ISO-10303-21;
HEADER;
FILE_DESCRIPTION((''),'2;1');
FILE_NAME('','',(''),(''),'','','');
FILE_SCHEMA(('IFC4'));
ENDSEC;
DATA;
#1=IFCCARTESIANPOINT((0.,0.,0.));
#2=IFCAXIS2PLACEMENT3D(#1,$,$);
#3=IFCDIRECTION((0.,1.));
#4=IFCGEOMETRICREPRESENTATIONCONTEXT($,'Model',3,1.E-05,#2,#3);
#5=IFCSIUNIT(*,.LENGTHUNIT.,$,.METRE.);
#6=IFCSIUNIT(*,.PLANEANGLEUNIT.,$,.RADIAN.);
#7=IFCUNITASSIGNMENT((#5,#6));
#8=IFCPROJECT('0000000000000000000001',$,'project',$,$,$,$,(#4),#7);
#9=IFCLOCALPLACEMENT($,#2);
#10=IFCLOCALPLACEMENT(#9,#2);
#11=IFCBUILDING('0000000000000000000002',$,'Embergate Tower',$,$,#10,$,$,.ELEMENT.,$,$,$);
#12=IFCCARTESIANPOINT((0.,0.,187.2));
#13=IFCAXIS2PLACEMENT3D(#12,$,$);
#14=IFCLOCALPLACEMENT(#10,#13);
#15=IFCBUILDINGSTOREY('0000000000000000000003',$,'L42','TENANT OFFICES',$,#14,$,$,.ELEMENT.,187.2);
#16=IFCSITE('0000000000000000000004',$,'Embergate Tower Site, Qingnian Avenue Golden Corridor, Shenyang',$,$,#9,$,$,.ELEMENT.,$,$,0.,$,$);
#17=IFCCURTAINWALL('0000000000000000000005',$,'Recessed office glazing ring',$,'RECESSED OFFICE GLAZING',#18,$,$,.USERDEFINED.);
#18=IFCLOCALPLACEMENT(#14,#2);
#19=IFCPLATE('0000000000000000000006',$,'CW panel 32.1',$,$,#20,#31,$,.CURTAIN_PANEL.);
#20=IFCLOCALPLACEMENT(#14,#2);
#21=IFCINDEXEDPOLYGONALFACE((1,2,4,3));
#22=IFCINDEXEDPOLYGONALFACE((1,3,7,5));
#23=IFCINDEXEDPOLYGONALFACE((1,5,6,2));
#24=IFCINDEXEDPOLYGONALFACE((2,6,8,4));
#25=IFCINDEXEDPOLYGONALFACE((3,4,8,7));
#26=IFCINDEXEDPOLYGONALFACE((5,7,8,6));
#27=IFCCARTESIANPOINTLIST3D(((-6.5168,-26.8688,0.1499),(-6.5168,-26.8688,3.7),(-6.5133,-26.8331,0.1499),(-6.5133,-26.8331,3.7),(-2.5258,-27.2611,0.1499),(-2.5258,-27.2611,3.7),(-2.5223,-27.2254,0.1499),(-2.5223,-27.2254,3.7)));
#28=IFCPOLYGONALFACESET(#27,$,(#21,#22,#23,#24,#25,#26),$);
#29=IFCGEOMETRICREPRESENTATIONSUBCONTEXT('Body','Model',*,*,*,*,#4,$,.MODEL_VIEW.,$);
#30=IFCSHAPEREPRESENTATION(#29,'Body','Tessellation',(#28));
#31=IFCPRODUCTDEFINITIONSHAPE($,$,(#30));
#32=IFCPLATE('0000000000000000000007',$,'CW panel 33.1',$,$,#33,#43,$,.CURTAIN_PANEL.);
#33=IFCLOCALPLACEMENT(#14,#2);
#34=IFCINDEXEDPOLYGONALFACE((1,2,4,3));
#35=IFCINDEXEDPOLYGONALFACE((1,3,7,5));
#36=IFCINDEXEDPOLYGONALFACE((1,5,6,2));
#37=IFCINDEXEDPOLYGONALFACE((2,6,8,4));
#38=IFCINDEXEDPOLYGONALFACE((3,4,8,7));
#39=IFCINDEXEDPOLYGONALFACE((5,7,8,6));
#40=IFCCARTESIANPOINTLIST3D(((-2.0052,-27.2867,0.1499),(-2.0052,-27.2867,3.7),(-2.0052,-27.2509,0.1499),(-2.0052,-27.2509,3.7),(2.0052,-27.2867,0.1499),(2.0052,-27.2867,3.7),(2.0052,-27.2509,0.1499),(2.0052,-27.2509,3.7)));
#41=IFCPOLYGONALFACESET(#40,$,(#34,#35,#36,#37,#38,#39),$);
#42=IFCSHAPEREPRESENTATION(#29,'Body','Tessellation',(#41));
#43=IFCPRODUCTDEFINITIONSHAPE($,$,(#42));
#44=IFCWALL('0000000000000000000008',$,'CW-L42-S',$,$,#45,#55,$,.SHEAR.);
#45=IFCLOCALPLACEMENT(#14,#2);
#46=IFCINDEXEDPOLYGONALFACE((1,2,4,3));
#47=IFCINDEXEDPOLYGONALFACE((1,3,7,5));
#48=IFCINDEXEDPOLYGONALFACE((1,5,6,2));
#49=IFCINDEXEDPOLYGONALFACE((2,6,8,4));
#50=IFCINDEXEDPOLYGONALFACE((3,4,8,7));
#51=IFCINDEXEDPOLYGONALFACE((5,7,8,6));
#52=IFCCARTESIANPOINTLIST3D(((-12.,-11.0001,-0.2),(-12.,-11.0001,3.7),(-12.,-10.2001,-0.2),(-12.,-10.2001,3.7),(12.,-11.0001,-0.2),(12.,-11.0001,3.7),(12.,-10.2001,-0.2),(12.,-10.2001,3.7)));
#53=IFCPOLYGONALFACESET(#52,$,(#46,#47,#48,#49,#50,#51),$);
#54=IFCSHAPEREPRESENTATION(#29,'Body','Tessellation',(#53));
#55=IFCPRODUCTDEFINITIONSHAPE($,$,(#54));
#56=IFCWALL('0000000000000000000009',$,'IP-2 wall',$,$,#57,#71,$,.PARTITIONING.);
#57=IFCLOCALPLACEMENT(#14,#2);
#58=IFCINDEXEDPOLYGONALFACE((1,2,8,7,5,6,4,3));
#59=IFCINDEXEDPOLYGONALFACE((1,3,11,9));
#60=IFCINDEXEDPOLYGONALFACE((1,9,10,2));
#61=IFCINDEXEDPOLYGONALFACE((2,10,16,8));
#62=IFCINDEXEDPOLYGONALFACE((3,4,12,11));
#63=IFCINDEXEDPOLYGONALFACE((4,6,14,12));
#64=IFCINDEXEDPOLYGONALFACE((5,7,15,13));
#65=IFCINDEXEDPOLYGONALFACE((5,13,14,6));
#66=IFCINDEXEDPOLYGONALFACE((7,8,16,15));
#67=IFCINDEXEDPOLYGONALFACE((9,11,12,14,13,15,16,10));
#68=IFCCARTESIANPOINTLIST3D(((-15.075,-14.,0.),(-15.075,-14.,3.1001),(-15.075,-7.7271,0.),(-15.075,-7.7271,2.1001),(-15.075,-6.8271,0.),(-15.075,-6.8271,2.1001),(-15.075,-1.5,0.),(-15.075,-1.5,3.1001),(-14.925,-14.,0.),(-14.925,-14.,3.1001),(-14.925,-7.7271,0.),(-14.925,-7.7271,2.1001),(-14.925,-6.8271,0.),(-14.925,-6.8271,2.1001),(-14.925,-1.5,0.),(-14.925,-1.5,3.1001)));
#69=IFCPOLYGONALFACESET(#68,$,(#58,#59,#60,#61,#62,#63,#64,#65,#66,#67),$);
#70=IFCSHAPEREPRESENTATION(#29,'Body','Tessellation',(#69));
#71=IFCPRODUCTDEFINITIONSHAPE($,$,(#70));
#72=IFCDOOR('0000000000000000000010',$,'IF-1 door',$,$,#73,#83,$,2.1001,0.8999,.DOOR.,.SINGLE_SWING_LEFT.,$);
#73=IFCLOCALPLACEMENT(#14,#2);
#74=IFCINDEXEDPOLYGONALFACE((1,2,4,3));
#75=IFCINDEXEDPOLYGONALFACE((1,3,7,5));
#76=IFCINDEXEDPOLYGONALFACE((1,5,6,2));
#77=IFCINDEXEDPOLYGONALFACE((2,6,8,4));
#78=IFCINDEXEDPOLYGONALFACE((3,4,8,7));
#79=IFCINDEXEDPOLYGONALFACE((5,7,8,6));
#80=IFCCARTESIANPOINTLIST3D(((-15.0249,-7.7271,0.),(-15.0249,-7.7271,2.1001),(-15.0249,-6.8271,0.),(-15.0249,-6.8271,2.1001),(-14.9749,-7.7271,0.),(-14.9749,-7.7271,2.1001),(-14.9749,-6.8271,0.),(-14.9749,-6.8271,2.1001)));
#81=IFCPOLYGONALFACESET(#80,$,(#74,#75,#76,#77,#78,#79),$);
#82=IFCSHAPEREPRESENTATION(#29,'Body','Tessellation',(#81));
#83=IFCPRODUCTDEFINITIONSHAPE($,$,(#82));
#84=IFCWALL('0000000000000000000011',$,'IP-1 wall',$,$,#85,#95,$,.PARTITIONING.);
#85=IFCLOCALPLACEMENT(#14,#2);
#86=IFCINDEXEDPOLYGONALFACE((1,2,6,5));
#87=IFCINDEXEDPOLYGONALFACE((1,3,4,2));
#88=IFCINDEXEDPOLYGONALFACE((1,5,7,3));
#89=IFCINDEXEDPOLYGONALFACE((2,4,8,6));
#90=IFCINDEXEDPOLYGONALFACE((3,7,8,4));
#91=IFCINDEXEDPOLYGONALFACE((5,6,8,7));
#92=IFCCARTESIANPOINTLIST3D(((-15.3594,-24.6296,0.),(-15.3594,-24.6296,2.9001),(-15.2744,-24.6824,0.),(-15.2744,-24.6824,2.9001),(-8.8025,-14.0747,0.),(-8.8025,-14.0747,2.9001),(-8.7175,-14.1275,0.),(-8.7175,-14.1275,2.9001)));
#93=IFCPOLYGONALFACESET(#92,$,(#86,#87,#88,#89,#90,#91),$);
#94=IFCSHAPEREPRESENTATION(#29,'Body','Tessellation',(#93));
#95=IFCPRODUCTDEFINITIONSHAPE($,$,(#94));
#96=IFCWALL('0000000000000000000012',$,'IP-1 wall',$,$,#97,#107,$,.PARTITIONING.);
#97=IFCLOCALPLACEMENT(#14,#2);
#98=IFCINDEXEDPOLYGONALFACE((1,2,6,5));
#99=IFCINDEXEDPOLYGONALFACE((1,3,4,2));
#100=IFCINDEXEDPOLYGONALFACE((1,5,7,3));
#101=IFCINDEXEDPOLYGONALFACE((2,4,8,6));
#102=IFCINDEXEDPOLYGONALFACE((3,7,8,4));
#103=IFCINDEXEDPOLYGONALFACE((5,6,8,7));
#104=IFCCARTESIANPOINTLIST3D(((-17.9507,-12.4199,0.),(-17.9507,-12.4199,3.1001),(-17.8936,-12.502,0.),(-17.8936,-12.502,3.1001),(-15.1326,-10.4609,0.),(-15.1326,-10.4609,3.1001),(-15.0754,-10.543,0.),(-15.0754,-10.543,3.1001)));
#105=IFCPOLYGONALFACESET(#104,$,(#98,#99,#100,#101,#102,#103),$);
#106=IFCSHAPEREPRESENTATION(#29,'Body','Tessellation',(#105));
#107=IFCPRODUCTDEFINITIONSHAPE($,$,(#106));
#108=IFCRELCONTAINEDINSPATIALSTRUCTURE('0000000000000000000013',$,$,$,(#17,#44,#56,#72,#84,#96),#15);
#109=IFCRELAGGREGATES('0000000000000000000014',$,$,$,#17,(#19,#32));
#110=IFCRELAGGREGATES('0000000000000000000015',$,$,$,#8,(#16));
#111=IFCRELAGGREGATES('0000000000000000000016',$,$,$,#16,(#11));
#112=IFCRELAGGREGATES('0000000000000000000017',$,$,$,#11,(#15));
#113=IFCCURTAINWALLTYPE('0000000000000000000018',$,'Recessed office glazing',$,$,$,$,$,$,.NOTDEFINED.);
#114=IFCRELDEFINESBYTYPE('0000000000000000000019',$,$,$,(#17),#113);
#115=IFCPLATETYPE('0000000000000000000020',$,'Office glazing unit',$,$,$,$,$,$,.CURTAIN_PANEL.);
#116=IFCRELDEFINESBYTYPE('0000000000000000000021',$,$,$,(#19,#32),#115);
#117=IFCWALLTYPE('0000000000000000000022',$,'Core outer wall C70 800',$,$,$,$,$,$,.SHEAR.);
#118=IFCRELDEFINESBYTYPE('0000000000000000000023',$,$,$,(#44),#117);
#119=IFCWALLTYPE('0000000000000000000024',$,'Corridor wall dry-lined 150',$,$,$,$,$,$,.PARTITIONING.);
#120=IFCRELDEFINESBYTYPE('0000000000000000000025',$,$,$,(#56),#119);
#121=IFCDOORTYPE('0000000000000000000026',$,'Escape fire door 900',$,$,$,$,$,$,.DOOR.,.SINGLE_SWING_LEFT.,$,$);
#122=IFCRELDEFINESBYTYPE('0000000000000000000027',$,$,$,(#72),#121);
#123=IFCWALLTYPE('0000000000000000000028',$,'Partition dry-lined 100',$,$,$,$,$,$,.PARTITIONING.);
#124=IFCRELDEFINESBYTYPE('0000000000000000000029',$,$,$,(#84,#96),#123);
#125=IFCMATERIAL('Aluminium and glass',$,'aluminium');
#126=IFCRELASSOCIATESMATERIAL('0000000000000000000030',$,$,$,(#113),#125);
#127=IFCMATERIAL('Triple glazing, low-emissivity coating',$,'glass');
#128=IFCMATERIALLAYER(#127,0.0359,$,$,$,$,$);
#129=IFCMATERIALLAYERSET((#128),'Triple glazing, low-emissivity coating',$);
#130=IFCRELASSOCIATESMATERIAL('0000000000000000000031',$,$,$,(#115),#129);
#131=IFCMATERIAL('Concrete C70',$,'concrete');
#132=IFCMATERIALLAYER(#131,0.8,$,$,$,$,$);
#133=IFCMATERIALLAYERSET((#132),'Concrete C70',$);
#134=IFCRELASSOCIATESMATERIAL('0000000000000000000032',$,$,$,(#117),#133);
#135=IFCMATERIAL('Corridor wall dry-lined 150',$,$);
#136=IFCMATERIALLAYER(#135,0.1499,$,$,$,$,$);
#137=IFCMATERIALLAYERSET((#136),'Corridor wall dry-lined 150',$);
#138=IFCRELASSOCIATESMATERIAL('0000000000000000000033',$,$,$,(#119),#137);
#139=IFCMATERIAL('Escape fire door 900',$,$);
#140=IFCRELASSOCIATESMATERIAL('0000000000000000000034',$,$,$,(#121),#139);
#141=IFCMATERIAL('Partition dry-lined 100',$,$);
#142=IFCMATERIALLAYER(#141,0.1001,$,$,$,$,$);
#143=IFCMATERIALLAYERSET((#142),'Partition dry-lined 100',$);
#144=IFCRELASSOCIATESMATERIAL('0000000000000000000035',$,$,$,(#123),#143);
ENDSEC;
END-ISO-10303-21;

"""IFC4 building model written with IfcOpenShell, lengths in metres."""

from ifc_helpers import new_model, si_unit, direction, frame, frame_2d, origin, origin_2d, place, context, subcontext, project, spatial, rectangle, extrude, source, transform, mapped, material, layer, layer_set, type_object, element, fill, aggregate, save


model = new_model("IFC4")

# Units and contexts
model_context = context("Model", 3, precision=1e-05, world=origin(), true_north=direction((0.0, 1.0)))
body_context = subcontext(model_context, "Body", "Model", "MODEL_VIEW")
ifc_project = project(units=[si_unit("LENGTHUNIT", "METRE"), si_unit("PLANEANGLEUNIT", "RADIAN")], contexts=[model_context])

# Site, building, storey
site_placement = place(None, origin())
site = spatial("IfcSite", under=ifc_project, at=site_placement, Name="Embergate Tower Site, Qingnian Avenue Golden Corridor, Shenyang", CompositionType="ELEMENT", RefElevation=0.0)
building_placement = place(site_placement, origin())
building = spatial("IfcBuilding", under=site, at=building_placement, Name="Embergate Tower", CompositionType="ELEMENT")
storey_placement = place(building_placement, frame((0.0, 0.0, 187.2)))
storey = spatial("IfcBuildingStorey", under=building, at=storey_placement, Name="L42", Description="TENANT OFFICES", CompositionType="ELEMENT", Elevation=187.2)

# Shared definitions
ifc_material_1 = material(Name="Concrete C70", Category="concrete")

# Curtain wall
ifc_material_2 = material(Name="Aluminium and glass", Category="aluminium")
curtain_wall_type = type_object("IfcCurtainWallType", Name="Recessed office glazing", PredefinedType="NOTDEFINED", material=ifc_material_2)
curtain_wall_placement = place(storey_placement, origin())
curtain_wall = element("IfcCurtainWall", 1, at=curtain_wall_placement, inside=storey, type_object=curtain_wall_type, Name="Recessed office glazing ring", ObjectType="RECESSED OFFICE GLAZING", PredefinedType="USERDEFINED")

# Plates
ifc_material_3 = material(Name="Triple glazing, low-emissivity coating", Category="glass")
ifc_layer_1 = layer(ifc_material_3, 0.0359)
ifc_layer_set_1 = layer_set([ifc_layer_1], Name="Triple glazing, low-emissivity coating")
plate_type = type_object("IfcPlateType", Name="Office glazing unit", PredefinedType="CURTAIN_PANEL", material=ifc_layer_set_1)
shared_shape_1 = source(origin(), body_context, "Body", "SweptSolid", [
    extrude(rectangle(XDim=4.0103, YDim=0.0359, at=origin_2d()), origin(), (0.0, 0.0, 1.0), 3.55),
])
plate_1_placement = place(storey_placement, frame((-4.5195, -27.0471, 0.1499), z_axis=(0.0, 0.0, 1.0), x_axis=(0.995203, -0.09783, 0.0)))
plate_1 = element("IfcPlate", 2, at=plate_1_placement, type_object=plate_type, Name="CW panel 32.1", PredefinedType="CURTAIN_PANEL", context=body_context, shape_type="MappedRepresentation", body=[
    mapped(shared_shape_1, transform((0.0, 0.0, 0.0))),
])
shared_shape_2 = source(origin(), body_context, "Body", "SweptSolid", [
    extrude(rectangle(XDim=4.0105, YDim=0.0359, at=origin_2d()), origin(), (0.0, 0.0, 1.0), 3.55),
])
plate_2_placement = place(storey_placement, frame((0.0, -27.2688, 0.1499), z_axis=(0.0, 0.0, 1.0), x_axis=(1.0, 0.0, 0.0)))
plate_2 = element("IfcPlate", 3, at=plate_2_placement, type_object=plate_type, Name="CW panel 33.1", PredefinedType="CURTAIN_PANEL", context=body_context, shape_type="MappedRepresentation", body=[
    mapped(shared_shape_2, transform((0.0, 0.0, 0.0))),
])
aggregate(curtain_wall, [plate_1, plate_2])

# Wall
ifc_layer_2 = layer(ifc_material_1, 0.8)
ifc_layer_set_2 = layer_set([ifc_layer_2], Name="Concrete C70")
wall_type_1 = type_object("IfcWallType", Name="Core outer wall C70 800", PredefinedType="SHEAR", material=ifc_layer_set_2)
shared_shape_3 = source(origin(), body_context, "Body", "SweptSolid", [
    extrude(rectangle(XDim=24.0, YDim=0.8, at=frame_2d((12.0, 0.0))), origin(), (0.0, 0.0, 1.0), 3.8999),
])
wall_1_placement = place(storey_placement, frame((-12.0, -10.6001, -0.2), z_axis=(0.0, 0.0, 1.0), x_axis=(1.0, 0.0, 0.0)))
element("IfcWall", 4, at=wall_1_placement, inside=storey, type_object=wall_type_1, Name="CW-L42-S", PredefinedType="SHEAR", context=body_context, shape_type="MappedRepresentation", body=[
    mapped(shared_shape_3, transform((0.0, 0.0, 0.0))),
])

# Wall, opening, door
ifc_material_4 = material(Name="Corridor wall dry-lined 150")
ifc_layer_3 = layer(ifc_material_4, 0.1499)
ifc_layer_set_3 = layer_set([ifc_layer_3], Name="Corridor wall dry-lined 150")
wall_type_2 = type_object("IfcWallType", Name="Corridor wall dry-lined 150", PredefinedType="PARTITIONING", material=ifc_layer_set_3)
shared_shape_4 = source(origin(), body_context, "Body", "SweptSolid", [
    extrude(rectangle(XDim=12.5, YDim=0.1499, at=frame_2d((6.25, 0.0))), origin(), (0.0, 0.0, 1.0), 3.1001),
])
wall_2_placement = place(storey_placement, frame((-15.0, -14.0, 0.0), z_axis=(0.0, 0.0, 1.0), x_axis=(0.0, 1.0, 0.0)))
wall_2 = element("IfcWall", 5, at=wall_2_placement, inside=storey, type_object=wall_type_2, Name="IP-2 wall", PredefinedType="PARTITIONING", context=body_context, shape_type="MappedRepresentation", body=[
    mapped(shared_shape_4, transform((0.0, 0.0, 0.0))),
])
shared_shape_5 = source(origin(), body_context, "Body", "SweptSolid", [
    extrude(rectangle(XDim=0.8999, YDim=2.1001, at=frame_2d((0.45, 1.05))), frame((0.0, 0.085, 0.0), z_axis=(0.0, -1.0, 0.0), x_axis=(1.0, 0.0, 0.0)), (0.0, 0.0, 1.0), 0.1699),
])
opening_placement = place(wall_2_placement, frame((6.2729, 0.0, 0.0)))
opening = element("IfcOpeningElement", 6, at=opening_placement, cuts=wall_2, PredefinedType="OPENING", context=body_context, shape_type="MappedRepresentation", body=[
    mapped(shared_shape_5, transform((0.0, 0.0, 0.0))),
])
ifc_material_5 = material(Name="Escape fire door 900")
door_type = type_object("IfcDoorType", Name="Escape fire door 900", OperationType="SINGLE_SWING_LEFT", PredefinedType="DOOR", material=ifc_material_5)
shared_shape_6 = source(origin(), body_context, "Body", "SweptSolid", [
    extrude(rectangle(XDim=0.8999, YDim=2.1001, at=frame_2d((0.45, 1.05))), frame((0.0, 0.0249, 0.0), z_axis=(0.0, -1.0, 0.0), x_axis=(1.0, 0.0, 0.0)), (0.0, 0.0, 1.0), 0.05),
])
door_placement = place(opening_placement, origin())
door = element("IfcDoor", 7, at=door_placement, inside=storey, type_object=door_type, Name="IF-1 door", OperationType="SINGLE_SWING_LEFT", OverallHeight=2.1001, OverallWidth=0.8999, PredefinedType="DOOR", context=body_context, shape_type="MappedRepresentation", body=[
    mapped(shared_shape_6, transform((0.0, 0.0, 0.0))),
])
fill(opening, door)

# Walls
ifc_material_6 = material(Name="Partition dry-lined 100")
ifc_layer_4 = layer(ifc_material_6, 0.1001)
ifc_layer_set_4 = layer_set([ifc_layer_4], Name="Partition dry-lined 100")
wall_type_3 = type_object("IfcWallType", Name="Partition dry-lined 100", PredefinedType="PARTITIONING", material=ifc_layer_set_4)
shared_shape_7 = source(origin(), body_context, "Body", "SweptSolid", [
    extrude(rectangle(XDim=12.4258, YDim=0.1001, at=frame_2d((6.2129, 0.0))), origin(), (0.0, 0.0, 1.0), 2.9001),
])
wall_3_placement = place(storey_placement, frame((-8.76, -14.1011, 0.0), z_axis=(0.0, 0.0, 1.0), x_axis=(-0.527685, -0.84944, 0.0)))
element("IfcWall", 8, at=wall_3_placement, inside=storey, type_object=wall_type_3, Name="IP-1 wall", PredefinedType="PARTITIONING", context=body_context, shape_type="MappedRepresentation", body=[
    mapped(shared_shape_7, transform((0.0, 0.0, 0.0))),
])
shared_shape_8 = source(origin(), body_context, "Body", "SweptSolid", [
    extrude(rectangle(XDim=3.4321, YDim=0.1001, at=frame_2d((1.7161, 0.0))), origin(), (0.0, 0.0, 1.0), 3.1001),
])
wall_4_placement = place(storey_placement, frame((-15.104, -10.502, 0.0), z_axis=(0.0, 0.0, 1.0), x_axis=(-0.821102, -0.570781, 0.0)))
element("IfcWall", 9, at=wall_4_placement, inside=storey, type_object=wall_type_3, Name="IP-1 wall", PredefinedType="PARTITIONING", context=body_context, shape_type="MappedRepresentation", body=[
    mapped(shared_shape_8, transform((0.0, 0.0, 0.0))),
])

save(model, "model.ifc")
